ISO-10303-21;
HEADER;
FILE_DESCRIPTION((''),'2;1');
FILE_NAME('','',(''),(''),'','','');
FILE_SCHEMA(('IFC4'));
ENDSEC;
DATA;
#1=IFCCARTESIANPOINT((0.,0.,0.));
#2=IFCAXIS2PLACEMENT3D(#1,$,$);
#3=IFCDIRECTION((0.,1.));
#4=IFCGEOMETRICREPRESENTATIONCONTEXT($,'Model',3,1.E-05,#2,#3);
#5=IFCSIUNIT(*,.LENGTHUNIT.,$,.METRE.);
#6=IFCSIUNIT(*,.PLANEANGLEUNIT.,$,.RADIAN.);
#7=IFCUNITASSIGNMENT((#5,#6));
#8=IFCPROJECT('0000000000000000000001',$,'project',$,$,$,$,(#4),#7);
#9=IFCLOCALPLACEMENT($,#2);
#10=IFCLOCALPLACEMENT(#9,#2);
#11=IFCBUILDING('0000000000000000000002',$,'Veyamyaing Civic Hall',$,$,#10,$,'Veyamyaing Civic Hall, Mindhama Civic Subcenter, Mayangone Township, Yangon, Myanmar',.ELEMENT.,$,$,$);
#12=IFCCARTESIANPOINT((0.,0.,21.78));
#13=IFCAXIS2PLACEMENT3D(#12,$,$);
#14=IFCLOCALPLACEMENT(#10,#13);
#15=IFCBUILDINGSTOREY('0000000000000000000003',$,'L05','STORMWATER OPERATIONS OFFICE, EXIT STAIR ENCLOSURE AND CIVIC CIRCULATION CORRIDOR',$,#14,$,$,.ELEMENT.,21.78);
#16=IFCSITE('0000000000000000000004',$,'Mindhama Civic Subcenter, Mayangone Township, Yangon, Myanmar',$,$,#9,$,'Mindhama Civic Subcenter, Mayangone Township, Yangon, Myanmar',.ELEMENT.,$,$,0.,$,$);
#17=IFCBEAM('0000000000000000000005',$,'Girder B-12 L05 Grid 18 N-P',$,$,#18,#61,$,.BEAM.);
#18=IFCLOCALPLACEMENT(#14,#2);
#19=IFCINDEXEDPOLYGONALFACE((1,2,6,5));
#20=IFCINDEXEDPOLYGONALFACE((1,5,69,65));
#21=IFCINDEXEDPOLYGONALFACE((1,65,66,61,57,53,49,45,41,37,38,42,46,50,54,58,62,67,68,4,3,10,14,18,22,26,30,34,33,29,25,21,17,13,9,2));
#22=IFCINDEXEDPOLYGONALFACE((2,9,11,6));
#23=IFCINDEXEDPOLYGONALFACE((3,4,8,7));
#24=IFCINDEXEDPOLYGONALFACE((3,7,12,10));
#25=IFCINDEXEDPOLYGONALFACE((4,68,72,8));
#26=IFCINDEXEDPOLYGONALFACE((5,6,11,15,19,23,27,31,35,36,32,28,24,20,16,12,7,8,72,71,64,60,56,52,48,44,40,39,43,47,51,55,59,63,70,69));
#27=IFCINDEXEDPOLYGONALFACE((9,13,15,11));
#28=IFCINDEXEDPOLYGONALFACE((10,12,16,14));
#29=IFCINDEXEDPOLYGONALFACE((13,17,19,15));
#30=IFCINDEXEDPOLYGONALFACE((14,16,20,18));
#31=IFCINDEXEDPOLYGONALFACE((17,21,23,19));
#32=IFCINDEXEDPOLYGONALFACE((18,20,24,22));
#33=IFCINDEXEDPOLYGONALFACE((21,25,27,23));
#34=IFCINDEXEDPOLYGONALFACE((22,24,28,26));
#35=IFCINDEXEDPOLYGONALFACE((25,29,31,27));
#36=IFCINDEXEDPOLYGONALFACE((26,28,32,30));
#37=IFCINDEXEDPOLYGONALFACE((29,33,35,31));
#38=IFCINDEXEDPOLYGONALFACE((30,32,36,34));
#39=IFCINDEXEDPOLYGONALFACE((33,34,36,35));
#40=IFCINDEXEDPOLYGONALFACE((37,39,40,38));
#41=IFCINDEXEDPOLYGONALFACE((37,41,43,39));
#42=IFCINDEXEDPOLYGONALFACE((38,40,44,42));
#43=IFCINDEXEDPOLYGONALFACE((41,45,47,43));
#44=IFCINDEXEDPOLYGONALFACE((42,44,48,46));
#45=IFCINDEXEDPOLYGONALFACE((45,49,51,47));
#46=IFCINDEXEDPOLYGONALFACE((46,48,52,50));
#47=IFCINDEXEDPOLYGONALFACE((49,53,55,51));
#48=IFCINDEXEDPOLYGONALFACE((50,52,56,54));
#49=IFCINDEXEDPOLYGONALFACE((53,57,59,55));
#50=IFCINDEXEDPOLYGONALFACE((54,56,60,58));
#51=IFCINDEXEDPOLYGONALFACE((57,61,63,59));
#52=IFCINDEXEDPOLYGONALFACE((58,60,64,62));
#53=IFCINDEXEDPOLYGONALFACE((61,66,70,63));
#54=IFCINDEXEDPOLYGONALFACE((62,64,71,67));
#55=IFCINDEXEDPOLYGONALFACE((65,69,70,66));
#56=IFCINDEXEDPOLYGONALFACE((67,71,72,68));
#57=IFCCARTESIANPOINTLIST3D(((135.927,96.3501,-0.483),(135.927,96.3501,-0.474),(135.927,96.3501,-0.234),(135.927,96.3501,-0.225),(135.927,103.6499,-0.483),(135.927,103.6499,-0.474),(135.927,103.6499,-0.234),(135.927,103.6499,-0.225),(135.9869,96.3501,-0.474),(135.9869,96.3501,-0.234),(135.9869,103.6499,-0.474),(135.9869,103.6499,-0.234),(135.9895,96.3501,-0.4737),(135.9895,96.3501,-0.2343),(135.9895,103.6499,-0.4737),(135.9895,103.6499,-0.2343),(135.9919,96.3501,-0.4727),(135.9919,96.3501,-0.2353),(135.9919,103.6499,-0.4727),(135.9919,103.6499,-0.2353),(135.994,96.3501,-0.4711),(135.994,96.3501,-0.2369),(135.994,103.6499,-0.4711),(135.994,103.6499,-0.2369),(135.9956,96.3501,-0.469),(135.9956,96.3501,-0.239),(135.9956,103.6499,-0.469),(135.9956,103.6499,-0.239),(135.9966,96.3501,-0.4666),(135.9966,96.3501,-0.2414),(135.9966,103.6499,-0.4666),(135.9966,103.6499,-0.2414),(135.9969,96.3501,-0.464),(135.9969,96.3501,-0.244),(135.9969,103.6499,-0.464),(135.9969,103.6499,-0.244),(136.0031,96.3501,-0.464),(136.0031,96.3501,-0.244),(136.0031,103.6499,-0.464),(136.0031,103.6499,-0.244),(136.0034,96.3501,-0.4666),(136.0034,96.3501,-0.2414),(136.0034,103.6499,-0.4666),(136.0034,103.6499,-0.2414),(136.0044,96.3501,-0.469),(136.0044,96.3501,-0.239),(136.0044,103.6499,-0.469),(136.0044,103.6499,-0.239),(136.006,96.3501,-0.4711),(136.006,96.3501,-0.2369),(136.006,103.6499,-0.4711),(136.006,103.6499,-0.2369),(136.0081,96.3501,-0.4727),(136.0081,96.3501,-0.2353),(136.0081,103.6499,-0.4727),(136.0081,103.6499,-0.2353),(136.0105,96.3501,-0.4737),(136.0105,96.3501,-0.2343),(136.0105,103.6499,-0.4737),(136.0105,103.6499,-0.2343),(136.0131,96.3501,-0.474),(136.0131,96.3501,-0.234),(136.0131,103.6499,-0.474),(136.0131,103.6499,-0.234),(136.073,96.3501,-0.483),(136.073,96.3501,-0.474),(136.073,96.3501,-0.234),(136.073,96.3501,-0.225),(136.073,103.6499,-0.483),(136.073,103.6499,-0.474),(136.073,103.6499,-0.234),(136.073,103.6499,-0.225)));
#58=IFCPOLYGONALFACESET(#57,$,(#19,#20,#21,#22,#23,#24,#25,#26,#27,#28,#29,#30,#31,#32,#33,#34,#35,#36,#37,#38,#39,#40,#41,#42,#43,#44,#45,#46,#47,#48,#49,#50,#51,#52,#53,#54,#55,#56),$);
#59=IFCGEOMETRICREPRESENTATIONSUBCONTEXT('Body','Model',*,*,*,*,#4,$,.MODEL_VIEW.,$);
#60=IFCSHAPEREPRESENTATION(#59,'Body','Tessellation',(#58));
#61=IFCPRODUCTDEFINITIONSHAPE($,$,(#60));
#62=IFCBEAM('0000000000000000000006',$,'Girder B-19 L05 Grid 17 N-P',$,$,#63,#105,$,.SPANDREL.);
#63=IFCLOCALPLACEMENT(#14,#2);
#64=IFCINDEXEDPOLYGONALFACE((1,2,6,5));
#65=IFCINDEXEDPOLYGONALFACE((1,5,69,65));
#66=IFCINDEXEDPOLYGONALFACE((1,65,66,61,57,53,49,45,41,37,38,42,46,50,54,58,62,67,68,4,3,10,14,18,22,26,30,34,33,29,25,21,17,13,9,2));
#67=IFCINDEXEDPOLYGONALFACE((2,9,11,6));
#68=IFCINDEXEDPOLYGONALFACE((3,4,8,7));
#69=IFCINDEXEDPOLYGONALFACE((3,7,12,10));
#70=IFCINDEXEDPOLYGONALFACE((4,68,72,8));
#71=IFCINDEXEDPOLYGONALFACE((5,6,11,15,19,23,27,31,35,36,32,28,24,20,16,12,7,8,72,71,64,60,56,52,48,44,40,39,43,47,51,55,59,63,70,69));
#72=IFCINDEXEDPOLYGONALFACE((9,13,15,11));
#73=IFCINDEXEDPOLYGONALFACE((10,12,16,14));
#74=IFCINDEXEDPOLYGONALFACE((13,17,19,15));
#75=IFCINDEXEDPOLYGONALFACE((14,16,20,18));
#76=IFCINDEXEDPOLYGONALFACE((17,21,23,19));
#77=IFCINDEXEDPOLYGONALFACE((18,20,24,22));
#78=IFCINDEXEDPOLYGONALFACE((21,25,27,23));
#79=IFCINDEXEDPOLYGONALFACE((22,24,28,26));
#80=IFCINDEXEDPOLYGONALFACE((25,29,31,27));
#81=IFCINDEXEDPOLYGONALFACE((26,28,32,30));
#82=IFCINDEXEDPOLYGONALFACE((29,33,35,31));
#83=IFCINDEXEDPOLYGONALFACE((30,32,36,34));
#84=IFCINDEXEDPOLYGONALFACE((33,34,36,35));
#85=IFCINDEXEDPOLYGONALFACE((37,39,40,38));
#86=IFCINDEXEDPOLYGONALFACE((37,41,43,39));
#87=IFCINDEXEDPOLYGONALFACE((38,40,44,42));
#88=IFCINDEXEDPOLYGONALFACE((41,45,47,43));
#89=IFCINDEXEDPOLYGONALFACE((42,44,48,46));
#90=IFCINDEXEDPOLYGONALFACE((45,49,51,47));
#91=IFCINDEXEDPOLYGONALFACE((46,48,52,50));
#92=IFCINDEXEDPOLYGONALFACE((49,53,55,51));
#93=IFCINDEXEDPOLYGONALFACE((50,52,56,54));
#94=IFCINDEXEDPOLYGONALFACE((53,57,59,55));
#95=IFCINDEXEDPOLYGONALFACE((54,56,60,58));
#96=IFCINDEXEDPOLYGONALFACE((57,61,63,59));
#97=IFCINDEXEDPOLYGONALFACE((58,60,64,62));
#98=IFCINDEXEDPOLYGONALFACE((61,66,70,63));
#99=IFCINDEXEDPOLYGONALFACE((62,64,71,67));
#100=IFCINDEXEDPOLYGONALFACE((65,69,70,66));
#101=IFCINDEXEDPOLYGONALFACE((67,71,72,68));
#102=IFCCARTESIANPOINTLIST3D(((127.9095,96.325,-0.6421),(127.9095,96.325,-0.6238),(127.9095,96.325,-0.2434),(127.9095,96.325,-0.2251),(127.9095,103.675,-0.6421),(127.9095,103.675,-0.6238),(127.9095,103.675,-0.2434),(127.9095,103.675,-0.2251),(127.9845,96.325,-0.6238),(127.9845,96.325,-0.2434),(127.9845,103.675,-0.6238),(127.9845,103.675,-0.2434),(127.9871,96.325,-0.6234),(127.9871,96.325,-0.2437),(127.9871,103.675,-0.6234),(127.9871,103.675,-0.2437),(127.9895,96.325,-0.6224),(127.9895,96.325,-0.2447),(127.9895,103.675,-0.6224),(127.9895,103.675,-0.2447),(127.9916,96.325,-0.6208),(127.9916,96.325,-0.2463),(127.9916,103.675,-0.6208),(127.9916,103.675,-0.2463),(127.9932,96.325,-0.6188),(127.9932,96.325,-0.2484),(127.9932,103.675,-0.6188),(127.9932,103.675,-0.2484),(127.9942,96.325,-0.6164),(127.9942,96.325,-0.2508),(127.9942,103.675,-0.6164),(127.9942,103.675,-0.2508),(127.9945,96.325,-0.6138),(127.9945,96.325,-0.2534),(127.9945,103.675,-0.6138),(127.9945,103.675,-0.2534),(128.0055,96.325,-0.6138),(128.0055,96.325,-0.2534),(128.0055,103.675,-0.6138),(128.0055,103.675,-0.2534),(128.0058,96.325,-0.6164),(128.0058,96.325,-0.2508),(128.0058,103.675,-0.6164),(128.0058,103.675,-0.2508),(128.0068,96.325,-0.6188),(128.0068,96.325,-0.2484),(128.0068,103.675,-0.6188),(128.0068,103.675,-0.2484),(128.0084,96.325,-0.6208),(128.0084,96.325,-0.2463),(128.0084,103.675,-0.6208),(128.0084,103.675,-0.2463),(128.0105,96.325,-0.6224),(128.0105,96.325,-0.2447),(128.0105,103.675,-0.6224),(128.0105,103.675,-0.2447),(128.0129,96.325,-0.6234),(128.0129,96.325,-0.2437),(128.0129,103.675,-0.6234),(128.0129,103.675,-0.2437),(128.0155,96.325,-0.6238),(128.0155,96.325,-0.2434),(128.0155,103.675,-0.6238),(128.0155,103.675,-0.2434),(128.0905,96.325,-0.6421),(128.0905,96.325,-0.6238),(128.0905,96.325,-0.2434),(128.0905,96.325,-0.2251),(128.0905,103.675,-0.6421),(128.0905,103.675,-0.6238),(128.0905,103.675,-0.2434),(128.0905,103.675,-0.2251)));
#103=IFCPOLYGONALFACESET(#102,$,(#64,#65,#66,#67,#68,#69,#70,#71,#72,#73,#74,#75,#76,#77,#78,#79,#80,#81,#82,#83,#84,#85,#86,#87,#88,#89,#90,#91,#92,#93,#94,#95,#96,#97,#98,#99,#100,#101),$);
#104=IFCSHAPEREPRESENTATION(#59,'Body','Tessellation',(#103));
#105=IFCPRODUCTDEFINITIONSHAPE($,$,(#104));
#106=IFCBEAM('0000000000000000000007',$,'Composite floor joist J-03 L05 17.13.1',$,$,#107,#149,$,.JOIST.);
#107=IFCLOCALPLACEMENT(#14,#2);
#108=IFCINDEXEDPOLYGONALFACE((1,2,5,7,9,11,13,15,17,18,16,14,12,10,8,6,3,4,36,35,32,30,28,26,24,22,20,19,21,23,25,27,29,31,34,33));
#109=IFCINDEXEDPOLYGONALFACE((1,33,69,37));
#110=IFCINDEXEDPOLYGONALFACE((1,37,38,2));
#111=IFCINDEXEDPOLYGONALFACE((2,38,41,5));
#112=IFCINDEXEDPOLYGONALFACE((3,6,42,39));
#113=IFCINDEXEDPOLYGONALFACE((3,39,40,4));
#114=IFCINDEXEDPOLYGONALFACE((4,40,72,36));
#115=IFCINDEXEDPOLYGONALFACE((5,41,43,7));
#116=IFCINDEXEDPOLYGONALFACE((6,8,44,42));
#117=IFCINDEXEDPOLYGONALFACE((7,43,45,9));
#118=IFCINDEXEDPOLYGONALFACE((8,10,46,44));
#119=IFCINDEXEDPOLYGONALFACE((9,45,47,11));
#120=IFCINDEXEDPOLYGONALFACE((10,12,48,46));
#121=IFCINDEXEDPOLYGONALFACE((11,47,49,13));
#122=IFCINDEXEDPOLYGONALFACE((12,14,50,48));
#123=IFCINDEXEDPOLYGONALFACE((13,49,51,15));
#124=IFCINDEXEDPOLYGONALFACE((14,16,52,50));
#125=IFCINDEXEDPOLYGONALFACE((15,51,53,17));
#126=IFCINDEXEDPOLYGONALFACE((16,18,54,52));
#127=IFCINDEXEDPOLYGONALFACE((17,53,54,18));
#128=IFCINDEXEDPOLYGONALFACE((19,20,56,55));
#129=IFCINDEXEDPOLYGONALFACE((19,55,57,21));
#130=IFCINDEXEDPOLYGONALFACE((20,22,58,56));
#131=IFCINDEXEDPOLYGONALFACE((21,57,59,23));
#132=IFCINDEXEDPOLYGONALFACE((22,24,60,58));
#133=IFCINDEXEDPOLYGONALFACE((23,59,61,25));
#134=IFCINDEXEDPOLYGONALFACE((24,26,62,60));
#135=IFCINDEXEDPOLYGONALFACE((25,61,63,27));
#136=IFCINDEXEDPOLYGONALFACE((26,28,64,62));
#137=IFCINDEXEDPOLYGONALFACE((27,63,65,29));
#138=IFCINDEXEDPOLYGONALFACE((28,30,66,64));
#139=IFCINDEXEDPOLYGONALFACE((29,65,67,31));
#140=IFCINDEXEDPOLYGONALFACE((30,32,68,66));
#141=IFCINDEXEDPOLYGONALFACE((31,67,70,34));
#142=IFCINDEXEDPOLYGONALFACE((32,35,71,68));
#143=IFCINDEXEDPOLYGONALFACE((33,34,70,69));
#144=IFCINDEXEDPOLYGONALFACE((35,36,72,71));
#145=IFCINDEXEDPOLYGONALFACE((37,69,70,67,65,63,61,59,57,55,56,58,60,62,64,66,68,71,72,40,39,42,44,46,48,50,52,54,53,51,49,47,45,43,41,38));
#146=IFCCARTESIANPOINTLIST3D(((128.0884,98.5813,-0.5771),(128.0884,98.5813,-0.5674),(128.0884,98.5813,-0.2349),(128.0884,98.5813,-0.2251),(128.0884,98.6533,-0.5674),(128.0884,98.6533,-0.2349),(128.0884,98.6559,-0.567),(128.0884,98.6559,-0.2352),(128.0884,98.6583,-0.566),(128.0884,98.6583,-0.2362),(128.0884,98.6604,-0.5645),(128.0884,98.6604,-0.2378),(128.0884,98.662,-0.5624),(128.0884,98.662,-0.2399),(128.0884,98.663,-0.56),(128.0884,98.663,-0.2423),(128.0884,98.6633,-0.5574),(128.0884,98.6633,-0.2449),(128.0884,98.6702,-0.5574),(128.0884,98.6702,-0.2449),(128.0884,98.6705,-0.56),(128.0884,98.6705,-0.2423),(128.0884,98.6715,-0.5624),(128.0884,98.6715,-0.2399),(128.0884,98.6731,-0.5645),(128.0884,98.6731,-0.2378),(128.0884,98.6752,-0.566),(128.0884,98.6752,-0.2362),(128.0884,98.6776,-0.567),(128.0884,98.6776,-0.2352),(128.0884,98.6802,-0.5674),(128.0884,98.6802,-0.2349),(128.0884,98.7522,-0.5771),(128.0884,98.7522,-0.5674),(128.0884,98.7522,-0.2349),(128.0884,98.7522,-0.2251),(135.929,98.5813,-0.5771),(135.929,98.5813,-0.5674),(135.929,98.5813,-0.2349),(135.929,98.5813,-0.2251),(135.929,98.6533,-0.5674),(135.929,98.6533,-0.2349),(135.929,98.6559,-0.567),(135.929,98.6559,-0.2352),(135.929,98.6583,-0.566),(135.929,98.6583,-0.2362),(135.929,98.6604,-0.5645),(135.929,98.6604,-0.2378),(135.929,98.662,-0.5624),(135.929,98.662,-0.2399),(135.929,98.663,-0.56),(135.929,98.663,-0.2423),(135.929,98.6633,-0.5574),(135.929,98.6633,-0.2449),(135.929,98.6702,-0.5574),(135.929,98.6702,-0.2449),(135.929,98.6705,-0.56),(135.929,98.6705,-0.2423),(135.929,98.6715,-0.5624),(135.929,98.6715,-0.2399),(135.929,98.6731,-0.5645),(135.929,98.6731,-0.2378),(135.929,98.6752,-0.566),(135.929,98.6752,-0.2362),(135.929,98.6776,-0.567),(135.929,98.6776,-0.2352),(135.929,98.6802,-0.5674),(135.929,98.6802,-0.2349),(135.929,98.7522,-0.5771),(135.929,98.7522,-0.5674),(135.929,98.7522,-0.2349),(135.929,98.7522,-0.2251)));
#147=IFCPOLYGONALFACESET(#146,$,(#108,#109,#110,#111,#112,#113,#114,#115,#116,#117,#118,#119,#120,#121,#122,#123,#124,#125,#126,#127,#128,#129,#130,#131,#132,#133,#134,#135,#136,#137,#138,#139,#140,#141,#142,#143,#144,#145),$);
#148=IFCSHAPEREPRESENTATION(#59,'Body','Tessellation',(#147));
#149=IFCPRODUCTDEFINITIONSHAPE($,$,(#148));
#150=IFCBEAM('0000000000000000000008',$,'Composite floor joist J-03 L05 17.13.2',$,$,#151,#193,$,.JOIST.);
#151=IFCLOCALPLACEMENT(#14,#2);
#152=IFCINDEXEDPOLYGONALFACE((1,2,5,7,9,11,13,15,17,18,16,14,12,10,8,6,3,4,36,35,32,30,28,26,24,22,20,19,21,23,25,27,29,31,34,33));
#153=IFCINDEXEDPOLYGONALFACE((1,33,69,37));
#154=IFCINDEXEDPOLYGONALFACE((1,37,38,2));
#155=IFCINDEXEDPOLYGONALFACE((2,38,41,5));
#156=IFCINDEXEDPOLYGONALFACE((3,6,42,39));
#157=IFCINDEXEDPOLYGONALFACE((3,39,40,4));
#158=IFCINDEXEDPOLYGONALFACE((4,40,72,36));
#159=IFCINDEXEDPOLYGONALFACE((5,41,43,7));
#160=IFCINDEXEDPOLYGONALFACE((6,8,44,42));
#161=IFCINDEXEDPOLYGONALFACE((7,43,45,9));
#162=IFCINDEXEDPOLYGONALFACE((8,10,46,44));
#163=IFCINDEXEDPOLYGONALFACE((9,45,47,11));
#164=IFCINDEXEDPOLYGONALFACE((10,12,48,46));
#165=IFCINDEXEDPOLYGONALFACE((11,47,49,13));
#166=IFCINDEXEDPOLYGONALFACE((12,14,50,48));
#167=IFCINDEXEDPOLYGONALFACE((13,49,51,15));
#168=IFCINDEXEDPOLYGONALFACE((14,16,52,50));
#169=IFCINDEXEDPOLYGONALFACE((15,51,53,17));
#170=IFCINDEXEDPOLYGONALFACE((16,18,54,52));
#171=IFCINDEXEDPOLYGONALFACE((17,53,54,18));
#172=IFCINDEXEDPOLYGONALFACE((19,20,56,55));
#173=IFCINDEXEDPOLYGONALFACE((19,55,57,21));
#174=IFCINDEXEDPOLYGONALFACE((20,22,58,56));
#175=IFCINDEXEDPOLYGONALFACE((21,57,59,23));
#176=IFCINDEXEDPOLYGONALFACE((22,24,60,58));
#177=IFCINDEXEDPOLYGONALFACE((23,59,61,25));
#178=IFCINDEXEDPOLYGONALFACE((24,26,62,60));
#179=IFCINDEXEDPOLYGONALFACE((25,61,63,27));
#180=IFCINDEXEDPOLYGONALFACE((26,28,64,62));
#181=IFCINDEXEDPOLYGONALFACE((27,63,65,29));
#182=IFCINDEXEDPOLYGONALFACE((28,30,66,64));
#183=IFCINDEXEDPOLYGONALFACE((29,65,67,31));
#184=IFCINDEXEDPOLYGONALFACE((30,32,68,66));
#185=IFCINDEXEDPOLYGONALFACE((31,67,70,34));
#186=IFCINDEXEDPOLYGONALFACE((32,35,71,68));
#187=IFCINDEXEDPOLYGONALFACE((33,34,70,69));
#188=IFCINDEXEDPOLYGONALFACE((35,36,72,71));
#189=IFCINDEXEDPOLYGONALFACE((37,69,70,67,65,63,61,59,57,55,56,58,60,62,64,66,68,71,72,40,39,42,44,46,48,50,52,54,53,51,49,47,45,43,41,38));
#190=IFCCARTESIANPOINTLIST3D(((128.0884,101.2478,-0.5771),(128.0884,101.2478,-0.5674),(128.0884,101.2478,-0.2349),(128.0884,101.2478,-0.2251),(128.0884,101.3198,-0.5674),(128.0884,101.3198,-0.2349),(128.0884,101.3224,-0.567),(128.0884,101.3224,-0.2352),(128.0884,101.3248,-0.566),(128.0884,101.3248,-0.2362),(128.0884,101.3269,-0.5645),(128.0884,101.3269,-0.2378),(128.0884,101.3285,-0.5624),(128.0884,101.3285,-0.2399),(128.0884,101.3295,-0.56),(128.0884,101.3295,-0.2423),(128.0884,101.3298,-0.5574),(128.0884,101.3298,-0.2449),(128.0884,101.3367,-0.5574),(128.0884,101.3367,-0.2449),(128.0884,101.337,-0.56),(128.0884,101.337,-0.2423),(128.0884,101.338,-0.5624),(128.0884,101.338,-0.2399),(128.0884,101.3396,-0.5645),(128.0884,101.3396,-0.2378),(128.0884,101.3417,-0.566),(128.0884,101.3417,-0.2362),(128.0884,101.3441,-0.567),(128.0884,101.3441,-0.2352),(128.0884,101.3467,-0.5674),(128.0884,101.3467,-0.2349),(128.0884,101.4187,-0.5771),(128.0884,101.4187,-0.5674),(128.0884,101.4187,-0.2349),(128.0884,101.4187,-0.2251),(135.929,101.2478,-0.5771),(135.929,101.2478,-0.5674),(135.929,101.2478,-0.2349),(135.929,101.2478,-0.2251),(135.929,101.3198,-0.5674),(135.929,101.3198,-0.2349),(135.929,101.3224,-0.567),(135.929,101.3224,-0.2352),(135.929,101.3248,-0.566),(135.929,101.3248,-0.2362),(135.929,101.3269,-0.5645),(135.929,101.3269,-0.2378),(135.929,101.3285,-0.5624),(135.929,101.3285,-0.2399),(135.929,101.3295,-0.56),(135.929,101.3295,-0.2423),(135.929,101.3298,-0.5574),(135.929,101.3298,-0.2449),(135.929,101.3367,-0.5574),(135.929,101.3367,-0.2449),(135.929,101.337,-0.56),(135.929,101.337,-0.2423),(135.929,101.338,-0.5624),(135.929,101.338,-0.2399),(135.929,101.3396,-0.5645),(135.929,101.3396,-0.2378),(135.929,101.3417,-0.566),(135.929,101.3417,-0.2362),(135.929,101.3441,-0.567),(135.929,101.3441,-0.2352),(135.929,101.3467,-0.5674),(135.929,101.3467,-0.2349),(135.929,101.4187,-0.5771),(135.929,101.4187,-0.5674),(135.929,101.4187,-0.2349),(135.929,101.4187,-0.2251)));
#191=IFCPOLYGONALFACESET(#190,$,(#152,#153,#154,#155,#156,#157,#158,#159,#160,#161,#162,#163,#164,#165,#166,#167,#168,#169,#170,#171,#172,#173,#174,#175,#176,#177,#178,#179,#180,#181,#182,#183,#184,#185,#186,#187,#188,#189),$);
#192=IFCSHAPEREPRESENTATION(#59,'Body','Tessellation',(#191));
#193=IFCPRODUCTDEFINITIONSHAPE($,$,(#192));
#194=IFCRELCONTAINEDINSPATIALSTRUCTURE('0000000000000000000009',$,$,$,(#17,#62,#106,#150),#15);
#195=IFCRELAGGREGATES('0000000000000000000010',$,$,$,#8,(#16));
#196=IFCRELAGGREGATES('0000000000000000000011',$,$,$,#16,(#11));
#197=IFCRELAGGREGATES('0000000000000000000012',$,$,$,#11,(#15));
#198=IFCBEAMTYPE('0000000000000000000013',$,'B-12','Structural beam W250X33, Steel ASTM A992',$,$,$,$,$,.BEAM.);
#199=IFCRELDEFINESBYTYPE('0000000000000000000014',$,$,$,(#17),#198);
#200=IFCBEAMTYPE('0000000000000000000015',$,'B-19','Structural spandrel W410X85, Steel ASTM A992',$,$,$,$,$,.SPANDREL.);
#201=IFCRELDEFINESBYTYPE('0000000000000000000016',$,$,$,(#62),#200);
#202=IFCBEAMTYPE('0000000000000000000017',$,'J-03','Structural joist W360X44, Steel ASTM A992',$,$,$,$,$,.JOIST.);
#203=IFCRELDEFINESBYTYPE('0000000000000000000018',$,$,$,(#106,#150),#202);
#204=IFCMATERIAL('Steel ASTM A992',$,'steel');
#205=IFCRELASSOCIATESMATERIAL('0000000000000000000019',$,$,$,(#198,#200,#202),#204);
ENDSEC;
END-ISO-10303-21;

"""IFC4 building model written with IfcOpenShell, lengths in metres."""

from ifc_helpers import new_model, si_unit, direction, frame, origin, origin_2d, place, context, subcontext, project, spatial, i_section, extrude, material, material_profile, profile_set, type_object, element, save


model = new_model("IFC4")

# Units and contexts
model_context = context("Model", 3, precision=1e-05, world=origin(), true_north=direction((0.0, 1.0)))
body_context = subcontext(model_context, "Body", "Model", "MODEL_VIEW")
ifc_project = project(units=[si_unit("LENGTHUNIT", "METRE"), si_unit("PLANEANGLEUNIT", "RADIAN")], contexts=[model_context])

# Site, building, storey
site_placement = place(None, origin())
site = spatial("IfcSite", under=ifc_project, at=site_placement, Name="Mindhama Civic Subcenter, Mayangone Township, Yangon, Myanmar", LongName="Mindhama Civic Subcenter, Mayangone Township, Yangon, Myanmar", CompositionType="ELEMENT", RefElevation=0.0)
building_placement = place(site_placement, origin())
building = spatial("IfcBuilding", under=site, at=building_placement, Name="Veyamyaing Civic Hall", LongName="Veyamyaing Civic Hall, Mindhama Civic Subcenter, Mayangone Township, Yangon, Myanmar", CompositionType="ELEMENT")
storey_placement = place(building_placement, frame((0.0, 0.0, 21.78)))
storey = spatial("IfcBuildingStorey", under=building, at=storey_placement, Name="L05", Description="STORMWATER OPERATIONS OFFICE, EXIT STAIR ENCLOSURE AND CIVIC CIRCULATION CORRIDOR", CompositionType="ELEMENT", Elevation=21.78)

# Beams
ifc_material_1 = material(Name="Steel ASTM A992", Category="steel")
ifc_material_profile_1 = material_profile(ifc_material_1, i_section(OverallWidth=0.146, OverallDepth=0.2581, WebThickness=0.0061, FlangeThickness=0.009, FilletRadius=0.01, at=origin_2d()), Name="W250X33")
ifc_profile_set_1 = profile_set([ifc_material_profile_1], Name="Steel ASTM A992")
beam_type_1 = type_object("IfcBeamType", Name="B-12", Description="Structural beam W250X33, Steel ASTM A992", PredefinedType="BEAM", material=ifc_profile_set_1)
beam_1_placement = place(storey_placement, frame((136.0, 96.3501, -0.354), z_axis=(0.0, 1.0, 0.0), x_axis=(-1.0, 0.0, 0.0)))
element("IfcBeam", 1, at=beam_1_placement, inside=storey, type_object=beam_type_1, Name="Girder B-12 L05 Grid 18 N-P", PredefinedType="BEAM", context=body_context, shape_type="SweptSolid", body=[
    extrude(i_section(OverallWidth=0.146, OverallDepth=0.2581, WebThickness=0.0061, FlangeThickness=0.009, FilletRadius=0.01, at=origin_2d()), origin(), (0.0, 0.0, 1.0), 7.2998),
])
ifc_material_profile_2 = material_profile(ifc_material_1, i_section(OverallWidth=0.1809, OverallDepth=0.417, WebThickness=0.011, FlangeThickness=0.0183, FilletRadius=0.01, at=origin_2d()), Name="W410X85")
ifc_profile_set_2 = profile_set([ifc_material_profile_2], Name="Steel ASTM A992")
beam_type_2 = type_object("IfcBeamType", Name="B-19", Description="Structural spandrel W410X85, Steel ASTM A992", PredefinedType="SPANDREL", material=ifc_profile_set_2)
beam_2_placement = place(storey_placement, frame((128.0, 96.325, -0.4336), z_axis=(0.0, 1.0, 0.0), x_axis=(-1.0, 0.0, 0.0)))
element("IfcBeam", 2, at=beam_2_placement, inside=storey, type_object=beam_type_2, Name="Girder B-19 L05 Grid 17 N-P", PredefinedType="SPANDREL", context=body_context, shape_type="SweptSolid", body=[
    extrude(i_section(OverallWidth=0.1809, OverallDepth=0.417, WebThickness=0.011, FlangeThickness=0.0183, FilletRadius=0.01, at=origin_2d()), origin(), (0.0, 0.0, 1.0), 7.3501),
])
ifc_material_profile_3 = material_profile(ifc_material_1, i_section(OverallWidth=0.1709, OverallDepth=0.3521, WebThickness=0.0068, FlangeThickness=0.0098, FilletRadius=0.01, at=origin_2d()), Name="W360X44")
ifc_profile_set_3 = profile_set([ifc_material_profile_3], Name="Steel ASTM A992")
beam_type_3 = type_object("IfcBeamType", Name="J-03", Description="Structural joist W360X44, Steel ASTM A992", PredefinedType="JOIST", material=ifc_profile_set_3)
for number, where, z_axis, x_axis, name in (
    (3, (128.0884, 98.6667, -0.4011), (1.0, 0.0, 0.0), (0.0, 1.0, 0.0), "Composite floor joist J-03 L05 17.13.1"),
    (4, (128.0884, 101.3333, -0.4011), (1.0, 0.0, 0.0), (0.0, 1.0, 0.0), "Composite floor joist J-03 L05 17.13.2"),
):
    element("IfcBeam", number, at=place(storey_placement, frame(where, z_axis=z_axis, x_axis=x_axis)), inside=storey, type_object=beam_type_3, Name=name, PredefinedType="JOIST", context=body_context, shape_type="SweptSolid", body=[
        extrude(i_section(OverallWidth=0.1709, OverallDepth=0.3521, WebThickness=0.0068, FlangeThickness=0.0098, FilletRadius=0.01, at=origin_2d()), origin(), (0.0, 0.0, 1.0), 7.8406),
    ])

save(model, "model.ifc")
